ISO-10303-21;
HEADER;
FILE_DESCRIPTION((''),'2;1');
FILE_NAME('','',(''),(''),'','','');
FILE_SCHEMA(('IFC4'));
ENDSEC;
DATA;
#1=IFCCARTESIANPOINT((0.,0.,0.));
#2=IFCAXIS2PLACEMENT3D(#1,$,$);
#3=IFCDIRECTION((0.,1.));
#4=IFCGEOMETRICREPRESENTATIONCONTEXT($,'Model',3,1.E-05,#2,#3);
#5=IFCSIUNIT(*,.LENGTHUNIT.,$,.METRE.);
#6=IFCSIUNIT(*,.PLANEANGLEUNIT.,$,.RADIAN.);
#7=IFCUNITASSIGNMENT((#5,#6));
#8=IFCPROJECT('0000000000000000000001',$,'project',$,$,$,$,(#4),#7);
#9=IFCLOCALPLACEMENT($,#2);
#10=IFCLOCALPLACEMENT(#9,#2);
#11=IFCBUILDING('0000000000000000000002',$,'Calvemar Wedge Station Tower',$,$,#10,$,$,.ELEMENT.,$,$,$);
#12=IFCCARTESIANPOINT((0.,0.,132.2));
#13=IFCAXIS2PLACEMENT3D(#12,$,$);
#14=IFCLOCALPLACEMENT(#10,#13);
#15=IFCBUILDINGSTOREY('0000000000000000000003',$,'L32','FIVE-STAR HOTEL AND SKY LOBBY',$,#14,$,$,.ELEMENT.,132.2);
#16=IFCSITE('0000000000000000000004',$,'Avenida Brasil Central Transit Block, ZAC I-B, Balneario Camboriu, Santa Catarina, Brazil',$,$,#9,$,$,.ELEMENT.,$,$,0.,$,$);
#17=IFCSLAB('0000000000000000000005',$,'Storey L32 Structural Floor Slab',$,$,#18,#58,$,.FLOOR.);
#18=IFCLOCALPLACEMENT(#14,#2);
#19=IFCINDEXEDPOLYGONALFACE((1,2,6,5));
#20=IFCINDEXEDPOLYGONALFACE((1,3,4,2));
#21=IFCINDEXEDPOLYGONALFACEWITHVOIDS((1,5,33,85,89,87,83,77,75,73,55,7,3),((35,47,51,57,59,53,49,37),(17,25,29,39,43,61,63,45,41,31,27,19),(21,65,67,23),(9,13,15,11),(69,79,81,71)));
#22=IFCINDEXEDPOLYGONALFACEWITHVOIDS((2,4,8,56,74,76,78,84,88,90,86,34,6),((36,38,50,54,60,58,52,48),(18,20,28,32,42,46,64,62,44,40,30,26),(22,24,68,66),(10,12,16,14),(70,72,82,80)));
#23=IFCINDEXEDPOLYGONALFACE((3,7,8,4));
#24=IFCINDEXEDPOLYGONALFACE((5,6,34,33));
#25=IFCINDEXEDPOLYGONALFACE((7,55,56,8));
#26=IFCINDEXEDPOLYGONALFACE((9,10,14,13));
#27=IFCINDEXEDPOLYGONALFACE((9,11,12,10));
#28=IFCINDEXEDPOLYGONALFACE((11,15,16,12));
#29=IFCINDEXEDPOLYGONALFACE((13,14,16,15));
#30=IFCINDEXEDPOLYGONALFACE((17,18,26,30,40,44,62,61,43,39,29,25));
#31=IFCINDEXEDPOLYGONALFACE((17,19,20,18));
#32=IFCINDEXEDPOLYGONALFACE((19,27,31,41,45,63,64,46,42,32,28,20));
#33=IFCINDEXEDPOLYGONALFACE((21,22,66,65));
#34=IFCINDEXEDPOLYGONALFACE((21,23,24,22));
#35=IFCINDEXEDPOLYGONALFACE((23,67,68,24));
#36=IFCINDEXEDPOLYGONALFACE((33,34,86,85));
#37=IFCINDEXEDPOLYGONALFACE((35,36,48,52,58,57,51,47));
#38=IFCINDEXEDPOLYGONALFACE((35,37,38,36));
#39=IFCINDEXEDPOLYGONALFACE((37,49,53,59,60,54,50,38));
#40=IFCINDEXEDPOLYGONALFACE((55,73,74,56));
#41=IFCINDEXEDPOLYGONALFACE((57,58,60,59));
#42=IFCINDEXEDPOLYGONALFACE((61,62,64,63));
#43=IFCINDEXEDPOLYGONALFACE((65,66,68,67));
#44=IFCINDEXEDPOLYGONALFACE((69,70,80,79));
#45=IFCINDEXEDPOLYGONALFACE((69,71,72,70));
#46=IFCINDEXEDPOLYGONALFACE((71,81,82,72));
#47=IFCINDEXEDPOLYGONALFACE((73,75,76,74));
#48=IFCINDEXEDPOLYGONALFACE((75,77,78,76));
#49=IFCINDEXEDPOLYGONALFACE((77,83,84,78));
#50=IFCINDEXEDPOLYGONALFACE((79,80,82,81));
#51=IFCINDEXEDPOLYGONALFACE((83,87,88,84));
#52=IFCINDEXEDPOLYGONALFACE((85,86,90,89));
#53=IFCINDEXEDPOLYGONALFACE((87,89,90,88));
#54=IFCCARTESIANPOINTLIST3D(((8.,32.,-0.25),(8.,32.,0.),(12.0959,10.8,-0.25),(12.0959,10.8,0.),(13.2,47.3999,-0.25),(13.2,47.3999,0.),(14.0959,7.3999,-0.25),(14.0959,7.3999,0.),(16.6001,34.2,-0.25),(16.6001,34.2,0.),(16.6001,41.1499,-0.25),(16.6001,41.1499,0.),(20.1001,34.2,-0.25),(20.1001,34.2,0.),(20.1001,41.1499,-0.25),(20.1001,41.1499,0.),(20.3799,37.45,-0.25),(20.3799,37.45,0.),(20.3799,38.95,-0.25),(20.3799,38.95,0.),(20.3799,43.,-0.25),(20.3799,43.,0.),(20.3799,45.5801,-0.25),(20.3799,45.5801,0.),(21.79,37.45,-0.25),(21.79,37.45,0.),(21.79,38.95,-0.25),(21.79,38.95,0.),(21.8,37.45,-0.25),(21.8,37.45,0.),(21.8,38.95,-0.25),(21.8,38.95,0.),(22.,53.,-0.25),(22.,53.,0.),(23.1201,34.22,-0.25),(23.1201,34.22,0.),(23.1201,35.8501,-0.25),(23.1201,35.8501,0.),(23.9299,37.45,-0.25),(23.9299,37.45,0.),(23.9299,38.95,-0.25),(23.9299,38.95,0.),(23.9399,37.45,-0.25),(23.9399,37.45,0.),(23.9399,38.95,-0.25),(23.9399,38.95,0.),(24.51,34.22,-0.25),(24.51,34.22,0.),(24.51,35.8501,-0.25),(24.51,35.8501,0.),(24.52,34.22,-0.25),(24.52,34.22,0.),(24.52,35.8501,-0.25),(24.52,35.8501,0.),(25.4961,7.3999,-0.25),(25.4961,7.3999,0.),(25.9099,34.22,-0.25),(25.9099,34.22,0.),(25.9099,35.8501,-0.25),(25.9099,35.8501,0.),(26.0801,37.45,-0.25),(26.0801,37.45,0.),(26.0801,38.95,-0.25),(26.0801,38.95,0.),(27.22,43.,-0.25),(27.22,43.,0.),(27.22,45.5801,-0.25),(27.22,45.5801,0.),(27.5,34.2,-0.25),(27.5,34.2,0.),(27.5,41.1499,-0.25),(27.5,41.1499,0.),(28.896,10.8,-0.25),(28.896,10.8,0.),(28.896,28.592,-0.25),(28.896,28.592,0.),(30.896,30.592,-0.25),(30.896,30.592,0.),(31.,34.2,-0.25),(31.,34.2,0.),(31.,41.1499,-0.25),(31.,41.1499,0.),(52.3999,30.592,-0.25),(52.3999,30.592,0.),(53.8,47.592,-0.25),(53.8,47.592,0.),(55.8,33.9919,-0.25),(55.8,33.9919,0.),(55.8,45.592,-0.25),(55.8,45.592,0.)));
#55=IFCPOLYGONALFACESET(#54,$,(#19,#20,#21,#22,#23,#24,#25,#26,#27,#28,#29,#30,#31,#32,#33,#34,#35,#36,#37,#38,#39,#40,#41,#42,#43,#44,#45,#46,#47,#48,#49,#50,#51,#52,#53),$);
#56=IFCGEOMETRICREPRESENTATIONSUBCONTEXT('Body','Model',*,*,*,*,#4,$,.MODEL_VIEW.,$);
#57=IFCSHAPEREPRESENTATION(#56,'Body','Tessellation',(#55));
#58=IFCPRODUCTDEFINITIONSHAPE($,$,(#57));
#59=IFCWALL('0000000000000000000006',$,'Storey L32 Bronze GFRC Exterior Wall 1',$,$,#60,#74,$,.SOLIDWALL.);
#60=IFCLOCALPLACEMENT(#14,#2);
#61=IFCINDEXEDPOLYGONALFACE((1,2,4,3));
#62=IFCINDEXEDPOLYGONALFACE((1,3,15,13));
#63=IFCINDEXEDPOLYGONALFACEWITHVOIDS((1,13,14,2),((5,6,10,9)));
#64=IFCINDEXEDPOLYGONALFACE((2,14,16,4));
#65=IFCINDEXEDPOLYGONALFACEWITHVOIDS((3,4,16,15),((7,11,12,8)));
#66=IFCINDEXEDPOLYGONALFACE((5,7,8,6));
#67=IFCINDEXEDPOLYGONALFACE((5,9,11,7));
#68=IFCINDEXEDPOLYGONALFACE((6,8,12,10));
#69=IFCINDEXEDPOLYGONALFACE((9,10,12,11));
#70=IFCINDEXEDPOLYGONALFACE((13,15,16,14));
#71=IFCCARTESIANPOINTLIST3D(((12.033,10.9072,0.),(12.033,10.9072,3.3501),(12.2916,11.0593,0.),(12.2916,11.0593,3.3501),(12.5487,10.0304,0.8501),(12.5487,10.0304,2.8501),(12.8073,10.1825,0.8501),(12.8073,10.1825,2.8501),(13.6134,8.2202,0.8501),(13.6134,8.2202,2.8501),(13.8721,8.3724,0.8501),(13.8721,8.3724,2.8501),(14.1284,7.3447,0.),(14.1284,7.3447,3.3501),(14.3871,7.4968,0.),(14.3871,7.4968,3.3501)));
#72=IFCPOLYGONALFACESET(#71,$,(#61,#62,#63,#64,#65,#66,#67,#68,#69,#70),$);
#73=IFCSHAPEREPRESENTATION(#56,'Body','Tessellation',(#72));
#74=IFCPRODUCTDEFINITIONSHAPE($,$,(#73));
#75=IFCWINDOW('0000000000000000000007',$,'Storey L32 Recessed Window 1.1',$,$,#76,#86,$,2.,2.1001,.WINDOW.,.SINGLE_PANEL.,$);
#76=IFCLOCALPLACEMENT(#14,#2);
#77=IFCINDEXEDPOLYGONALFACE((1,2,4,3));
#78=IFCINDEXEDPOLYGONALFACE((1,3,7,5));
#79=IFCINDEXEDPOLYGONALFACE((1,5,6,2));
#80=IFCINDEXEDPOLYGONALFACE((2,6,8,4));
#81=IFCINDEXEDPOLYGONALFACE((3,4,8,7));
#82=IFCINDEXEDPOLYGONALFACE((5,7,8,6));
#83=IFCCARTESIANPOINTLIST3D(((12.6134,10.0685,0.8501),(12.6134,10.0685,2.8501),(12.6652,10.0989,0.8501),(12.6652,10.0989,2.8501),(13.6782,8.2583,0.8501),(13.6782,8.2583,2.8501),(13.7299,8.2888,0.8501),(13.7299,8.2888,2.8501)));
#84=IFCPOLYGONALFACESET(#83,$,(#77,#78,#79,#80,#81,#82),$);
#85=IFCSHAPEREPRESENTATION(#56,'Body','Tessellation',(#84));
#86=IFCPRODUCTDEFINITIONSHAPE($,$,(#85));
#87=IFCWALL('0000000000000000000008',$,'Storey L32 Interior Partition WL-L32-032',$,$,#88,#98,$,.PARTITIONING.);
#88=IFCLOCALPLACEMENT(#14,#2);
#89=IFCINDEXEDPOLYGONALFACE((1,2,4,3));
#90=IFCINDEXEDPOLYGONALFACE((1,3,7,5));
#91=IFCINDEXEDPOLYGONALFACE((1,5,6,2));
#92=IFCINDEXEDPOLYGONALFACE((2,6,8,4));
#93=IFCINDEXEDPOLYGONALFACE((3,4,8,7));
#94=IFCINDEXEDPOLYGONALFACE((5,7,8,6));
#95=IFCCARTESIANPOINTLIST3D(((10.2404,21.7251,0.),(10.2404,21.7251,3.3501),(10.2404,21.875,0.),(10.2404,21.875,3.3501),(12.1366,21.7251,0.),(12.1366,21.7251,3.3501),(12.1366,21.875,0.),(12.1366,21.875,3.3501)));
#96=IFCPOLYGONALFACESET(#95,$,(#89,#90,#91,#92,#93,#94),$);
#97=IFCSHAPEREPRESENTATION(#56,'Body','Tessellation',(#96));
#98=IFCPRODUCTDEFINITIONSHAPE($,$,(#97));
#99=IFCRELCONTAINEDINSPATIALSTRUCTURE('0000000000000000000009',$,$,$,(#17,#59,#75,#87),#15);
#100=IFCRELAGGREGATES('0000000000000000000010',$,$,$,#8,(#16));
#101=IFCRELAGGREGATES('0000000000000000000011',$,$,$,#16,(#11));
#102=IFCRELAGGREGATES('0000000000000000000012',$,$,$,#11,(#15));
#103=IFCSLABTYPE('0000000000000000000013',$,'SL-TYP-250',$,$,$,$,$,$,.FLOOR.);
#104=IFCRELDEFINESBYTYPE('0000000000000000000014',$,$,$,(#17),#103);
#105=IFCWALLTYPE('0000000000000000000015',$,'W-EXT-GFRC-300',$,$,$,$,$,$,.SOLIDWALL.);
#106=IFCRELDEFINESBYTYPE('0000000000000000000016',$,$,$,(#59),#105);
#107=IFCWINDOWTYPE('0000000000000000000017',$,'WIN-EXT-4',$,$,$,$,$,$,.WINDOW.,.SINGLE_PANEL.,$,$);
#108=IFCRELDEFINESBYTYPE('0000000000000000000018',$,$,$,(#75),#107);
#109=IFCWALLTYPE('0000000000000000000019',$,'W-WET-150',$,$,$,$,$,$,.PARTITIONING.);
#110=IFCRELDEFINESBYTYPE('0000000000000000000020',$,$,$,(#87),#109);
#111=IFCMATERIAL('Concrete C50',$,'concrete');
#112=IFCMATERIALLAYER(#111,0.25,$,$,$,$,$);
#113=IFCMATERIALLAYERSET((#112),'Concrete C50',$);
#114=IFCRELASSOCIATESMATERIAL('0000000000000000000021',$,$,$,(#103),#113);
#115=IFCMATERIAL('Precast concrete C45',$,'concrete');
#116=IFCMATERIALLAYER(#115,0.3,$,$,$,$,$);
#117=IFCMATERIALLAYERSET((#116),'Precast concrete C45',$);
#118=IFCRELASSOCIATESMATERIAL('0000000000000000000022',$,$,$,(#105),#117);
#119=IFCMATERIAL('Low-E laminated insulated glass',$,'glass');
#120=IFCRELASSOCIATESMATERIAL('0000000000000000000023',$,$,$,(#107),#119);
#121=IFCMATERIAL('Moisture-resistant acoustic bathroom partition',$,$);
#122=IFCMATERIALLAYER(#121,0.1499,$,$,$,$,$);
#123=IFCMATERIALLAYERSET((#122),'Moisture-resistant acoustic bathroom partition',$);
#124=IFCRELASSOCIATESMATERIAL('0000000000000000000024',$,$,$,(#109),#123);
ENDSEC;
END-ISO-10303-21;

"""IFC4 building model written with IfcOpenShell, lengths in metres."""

from ifc_helpers import new_model, si_unit, direction, frame, frame_2d, origin, place, context, subcontext, project, spatial, polyline, rectangle, outline, extrude, source, transform, mapped, material, layer, layer_set, type_object, element, fill, save


model = new_model("IFC4")

# Units and contexts
model_context = context("Model", 3, precision=1e-05, world=origin(), true_north=direction((0.0, 1.0)))
body_context = subcontext(model_context, "Body", "Model", "MODEL_VIEW")
ifc_project = project(units=[si_unit("LENGTHUNIT", "METRE"), si_unit("PLANEANGLEUNIT", "RADIAN")], contexts=[model_context])

# Site, building, storey
site_placement = place(None, origin())
site = spatial("IfcSite", under=ifc_project, at=site_placement, Name="Avenida Brasil Central Transit Block, ZAC I-B, Balneario Camboriu, Santa Catarina, Brazil", CompositionType="ELEMENT", RefElevation=0.0)
building_placement = place(site_placement, origin())
building = spatial("IfcBuilding", under=site, at=building_placement, Name="Calvemar Wedge Station Tower", CompositionType="ELEMENT")
storey_placement = place(building_placement, frame((0.0, 0.0, 132.2)))
storey = spatial("IfcBuildingStorey", under=building, at=storey_placement, Name="L32", Description="FIVE-STAR HOTEL AND SKY LOBBY", CompositionType="ELEMENT", Elevation=132.2)

# Shared definitions
ifc_material_1 = material(Name="Concrete C50", Category="concrete")

# Slab
ifc_layer_1 = layer(ifc_material_1, 0.25)
ifc_layer_set_1 = layer_set([ifc_layer_1], Name="Concrete C50")
slab_type_1 = type_object("IfcSlabType", Name="SL-TYP-250", PredefinedType="FLOOR", material=ifc_layer_set_1)
slab_1_placement = place(storey_placement, frame((0.0, 0.0, -0.25)))
element("IfcSlab", 1, at=slab_1_placement, inside=storey, type_object=slab_type_1, Name="Storey L32 Structural Floor Slab", PredefinedType="FLOOR", context=body_context, shape_type="SweptSolid", body=[
    extrude(outline(polyline([(8.0, 32.0), (12.0959, 10.8), (14.0959, 7.3999), (25.4961, 7.3999), (28.896, 10.8), (28.896, 28.592), (30.896, 30.592), (52.3999, 30.592), (55.8, 33.9919), (55.8, 45.592), (53.8, 47.592), (22.0, 53.0), (13.2, 47.3999), (8.0, 32.0)]), holes=[polyline([(24.52, 35.8501), (24.51, 35.8501), (23.1201, 35.8501), (23.1201, 34.22), (24.51, 34.22), (24.52, 34.22), (25.9099, 34.22), (25.9099, 35.8501), (24.52, 35.8501)]), polyline([(16.6001, 34.2), (20.1001, 34.2), (20.1001, 41.1499), (16.6001, 41.1499), (16.6001, 34.2)]), polyline([(27.5, 34.2), (31.0, 34.2), (31.0, 41.1499), (27.5, 41.1499), (27.5, 34.2)]), polyline([(21.8, 38.95), (21.79, 38.95), (20.3799, 38.95), (20.3799, 37.45), (21.79, 37.45), (21.8, 37.45), (23.9299, 37.45), (23.9399, 37.45), (26.0801, 37.45), (26.0801, 38.95), (23.9399, 38.95), (23.9299, 38.95), (21.8, 38.95)]), polyline([(27.22, 43.0), (27.22, 45.5801), (20.3799, 45.5801), (20.3799, 43.0), (27.22, 43.0)])]), origin(), (0.0, 0.0, 1.0), 0.25),
])

# Wall, opening, window
ifc_material_2 = material(Name="Precast concrete C45", Category="concrete")
ifc_layer_2 = layer(ifc_material_2, 0.3)
ifc_layer_set_2 = layer_set([ifc_layer_2], Name="Precast concrete C45")
wall_type_1 = type_object("IfcWallType", Name="W-EXT-GFRC-300", PredefinedType="SOLIDWALL", material=ifc_layer_set_2)
wall_1_placement = place(storey_placement, frame((12.1624, 10.9832, 0.0), z_axis=(0.0, 0.0, 1.0), x_axis=(0.506997, -0.861948, 0.0)))
wall_1 = element("IfcWall", 2, at=wall_1_placement, inside=storey, type_object=wall_type_1, Name="Storey L32 Bronze GFRC Exterior Wall 1", PredefinedType="SOLIDWALL", context=body_context, shape_type="SweptSolid", body=[
    extrude(rectangle(XDim=4.1331, YDim=0.3, at=frame_2d((2.0664, 0.0))), origin(), (0.0, 0.0, 1.0), 3.3501),
])
shared_shape_1 = source(origin(), body_context, "Body", "SweptSolid", [
    extrude(rectangle(XDim=2.1001, YDim=2.0, at=frame_2d((1.05, 1.0))), frame((0.0, 0.1602, 0.0), z_axis=(0.0, -1.0, 0.0), x_axis=(1.0, 0.0, 0.0)), (0.0, 0.0, 1.0), 0.3201),
])
opening_1_placement = place(wall_1_placement, frame((1.0171, 0.0, 0.8501)))
opening_1 = element("IfcOpeningElement", 3, at=opening_1_placement, cuts=wall_1, PredefinedType="OPENING", context=body_context, shape_type="MappedRepresentation", body=[
    mapped(shared_shape_1, transform((0.0, 0.0, 0.0), scale=1.0)),
])
ifc_material_3 = material(Name="Low-E laminated insulated glass", Category="glass")
window_type = type_object("IfcWindowType", Name="WIN-EXT-4", PartitioningType="SINGLE_PANEL", PredefinedType="WINDOW", material=ifc_material_3)
shared_shape_2 = source(origin(), body_context, "Body", "SweptSolid", [
    extrude(rectangle(XDim=2.1001, YDim=2.0, at=frame_2d((1.05, 1.0))), frame((0.0, -0.0149, 0.0), z_axis=(0.0, -1.0, 0.0), x_axis=(1.0, 0.0, 0.0)), (0.0, 0.0, 1.0), 0.0601),
])
window_placement = place(opening_1_placement, origin())
window = element("IfcWindow", 4, at=window_placement, inside=storey, type_object=window_type, Name="Storey L32 Recessed Window 1.1", OverallHeight=2.0, OverallWidth=2.1001, PartitioningType="SINGLE_PANEL", PredefinedType="WINDOW", context=body_context, shape_type="MappedRepresentation", body=[
    mapped(shared_shape_2, transform((0.0, 0.0, 0.0), scale=1.0)),
])
fill(opening_1, window)

# Shared definitions
ifc_material_4 = material(Name="Moisture-resistant acoustic bathroom partition")
ifc_layer_3 = layer(ifc_material_4, 0.1499)
ifc_layer_set_3 = layer_set([ifc_layer_3], Name="Moisture-resistant acoustic bathroom partition")
wall_type_2 = type_object("IfcWallType", Name="W-WET-150", PredefinedType="PARTITIONING", material=ifc_layer_set_3)

# Wall
wall_2_placement = place(storey_placement, frame((12.1367, 21.8, 0.0), z_axis=(0.0, 0.0, 1.0), x_axis=(-1.0, 0.0, 0.0)))
element("IfcWall", 5, at=wall_2_placement, inside=storey, type_object=wall_type_2, Name="Storey L32 Interior Partition WL-L32-032", PredefinedType="PARTITIONING", context=body_context, shape_type="SweptSolid", body=[
    extrude(rectangle(XDim=1.8962, YDim=0.1499, at=frame_2d((0.9482, 0.0))), origin(), (0.0, 0.0, 1.0), 3.3501),
])

save(model, "model.ifc")
